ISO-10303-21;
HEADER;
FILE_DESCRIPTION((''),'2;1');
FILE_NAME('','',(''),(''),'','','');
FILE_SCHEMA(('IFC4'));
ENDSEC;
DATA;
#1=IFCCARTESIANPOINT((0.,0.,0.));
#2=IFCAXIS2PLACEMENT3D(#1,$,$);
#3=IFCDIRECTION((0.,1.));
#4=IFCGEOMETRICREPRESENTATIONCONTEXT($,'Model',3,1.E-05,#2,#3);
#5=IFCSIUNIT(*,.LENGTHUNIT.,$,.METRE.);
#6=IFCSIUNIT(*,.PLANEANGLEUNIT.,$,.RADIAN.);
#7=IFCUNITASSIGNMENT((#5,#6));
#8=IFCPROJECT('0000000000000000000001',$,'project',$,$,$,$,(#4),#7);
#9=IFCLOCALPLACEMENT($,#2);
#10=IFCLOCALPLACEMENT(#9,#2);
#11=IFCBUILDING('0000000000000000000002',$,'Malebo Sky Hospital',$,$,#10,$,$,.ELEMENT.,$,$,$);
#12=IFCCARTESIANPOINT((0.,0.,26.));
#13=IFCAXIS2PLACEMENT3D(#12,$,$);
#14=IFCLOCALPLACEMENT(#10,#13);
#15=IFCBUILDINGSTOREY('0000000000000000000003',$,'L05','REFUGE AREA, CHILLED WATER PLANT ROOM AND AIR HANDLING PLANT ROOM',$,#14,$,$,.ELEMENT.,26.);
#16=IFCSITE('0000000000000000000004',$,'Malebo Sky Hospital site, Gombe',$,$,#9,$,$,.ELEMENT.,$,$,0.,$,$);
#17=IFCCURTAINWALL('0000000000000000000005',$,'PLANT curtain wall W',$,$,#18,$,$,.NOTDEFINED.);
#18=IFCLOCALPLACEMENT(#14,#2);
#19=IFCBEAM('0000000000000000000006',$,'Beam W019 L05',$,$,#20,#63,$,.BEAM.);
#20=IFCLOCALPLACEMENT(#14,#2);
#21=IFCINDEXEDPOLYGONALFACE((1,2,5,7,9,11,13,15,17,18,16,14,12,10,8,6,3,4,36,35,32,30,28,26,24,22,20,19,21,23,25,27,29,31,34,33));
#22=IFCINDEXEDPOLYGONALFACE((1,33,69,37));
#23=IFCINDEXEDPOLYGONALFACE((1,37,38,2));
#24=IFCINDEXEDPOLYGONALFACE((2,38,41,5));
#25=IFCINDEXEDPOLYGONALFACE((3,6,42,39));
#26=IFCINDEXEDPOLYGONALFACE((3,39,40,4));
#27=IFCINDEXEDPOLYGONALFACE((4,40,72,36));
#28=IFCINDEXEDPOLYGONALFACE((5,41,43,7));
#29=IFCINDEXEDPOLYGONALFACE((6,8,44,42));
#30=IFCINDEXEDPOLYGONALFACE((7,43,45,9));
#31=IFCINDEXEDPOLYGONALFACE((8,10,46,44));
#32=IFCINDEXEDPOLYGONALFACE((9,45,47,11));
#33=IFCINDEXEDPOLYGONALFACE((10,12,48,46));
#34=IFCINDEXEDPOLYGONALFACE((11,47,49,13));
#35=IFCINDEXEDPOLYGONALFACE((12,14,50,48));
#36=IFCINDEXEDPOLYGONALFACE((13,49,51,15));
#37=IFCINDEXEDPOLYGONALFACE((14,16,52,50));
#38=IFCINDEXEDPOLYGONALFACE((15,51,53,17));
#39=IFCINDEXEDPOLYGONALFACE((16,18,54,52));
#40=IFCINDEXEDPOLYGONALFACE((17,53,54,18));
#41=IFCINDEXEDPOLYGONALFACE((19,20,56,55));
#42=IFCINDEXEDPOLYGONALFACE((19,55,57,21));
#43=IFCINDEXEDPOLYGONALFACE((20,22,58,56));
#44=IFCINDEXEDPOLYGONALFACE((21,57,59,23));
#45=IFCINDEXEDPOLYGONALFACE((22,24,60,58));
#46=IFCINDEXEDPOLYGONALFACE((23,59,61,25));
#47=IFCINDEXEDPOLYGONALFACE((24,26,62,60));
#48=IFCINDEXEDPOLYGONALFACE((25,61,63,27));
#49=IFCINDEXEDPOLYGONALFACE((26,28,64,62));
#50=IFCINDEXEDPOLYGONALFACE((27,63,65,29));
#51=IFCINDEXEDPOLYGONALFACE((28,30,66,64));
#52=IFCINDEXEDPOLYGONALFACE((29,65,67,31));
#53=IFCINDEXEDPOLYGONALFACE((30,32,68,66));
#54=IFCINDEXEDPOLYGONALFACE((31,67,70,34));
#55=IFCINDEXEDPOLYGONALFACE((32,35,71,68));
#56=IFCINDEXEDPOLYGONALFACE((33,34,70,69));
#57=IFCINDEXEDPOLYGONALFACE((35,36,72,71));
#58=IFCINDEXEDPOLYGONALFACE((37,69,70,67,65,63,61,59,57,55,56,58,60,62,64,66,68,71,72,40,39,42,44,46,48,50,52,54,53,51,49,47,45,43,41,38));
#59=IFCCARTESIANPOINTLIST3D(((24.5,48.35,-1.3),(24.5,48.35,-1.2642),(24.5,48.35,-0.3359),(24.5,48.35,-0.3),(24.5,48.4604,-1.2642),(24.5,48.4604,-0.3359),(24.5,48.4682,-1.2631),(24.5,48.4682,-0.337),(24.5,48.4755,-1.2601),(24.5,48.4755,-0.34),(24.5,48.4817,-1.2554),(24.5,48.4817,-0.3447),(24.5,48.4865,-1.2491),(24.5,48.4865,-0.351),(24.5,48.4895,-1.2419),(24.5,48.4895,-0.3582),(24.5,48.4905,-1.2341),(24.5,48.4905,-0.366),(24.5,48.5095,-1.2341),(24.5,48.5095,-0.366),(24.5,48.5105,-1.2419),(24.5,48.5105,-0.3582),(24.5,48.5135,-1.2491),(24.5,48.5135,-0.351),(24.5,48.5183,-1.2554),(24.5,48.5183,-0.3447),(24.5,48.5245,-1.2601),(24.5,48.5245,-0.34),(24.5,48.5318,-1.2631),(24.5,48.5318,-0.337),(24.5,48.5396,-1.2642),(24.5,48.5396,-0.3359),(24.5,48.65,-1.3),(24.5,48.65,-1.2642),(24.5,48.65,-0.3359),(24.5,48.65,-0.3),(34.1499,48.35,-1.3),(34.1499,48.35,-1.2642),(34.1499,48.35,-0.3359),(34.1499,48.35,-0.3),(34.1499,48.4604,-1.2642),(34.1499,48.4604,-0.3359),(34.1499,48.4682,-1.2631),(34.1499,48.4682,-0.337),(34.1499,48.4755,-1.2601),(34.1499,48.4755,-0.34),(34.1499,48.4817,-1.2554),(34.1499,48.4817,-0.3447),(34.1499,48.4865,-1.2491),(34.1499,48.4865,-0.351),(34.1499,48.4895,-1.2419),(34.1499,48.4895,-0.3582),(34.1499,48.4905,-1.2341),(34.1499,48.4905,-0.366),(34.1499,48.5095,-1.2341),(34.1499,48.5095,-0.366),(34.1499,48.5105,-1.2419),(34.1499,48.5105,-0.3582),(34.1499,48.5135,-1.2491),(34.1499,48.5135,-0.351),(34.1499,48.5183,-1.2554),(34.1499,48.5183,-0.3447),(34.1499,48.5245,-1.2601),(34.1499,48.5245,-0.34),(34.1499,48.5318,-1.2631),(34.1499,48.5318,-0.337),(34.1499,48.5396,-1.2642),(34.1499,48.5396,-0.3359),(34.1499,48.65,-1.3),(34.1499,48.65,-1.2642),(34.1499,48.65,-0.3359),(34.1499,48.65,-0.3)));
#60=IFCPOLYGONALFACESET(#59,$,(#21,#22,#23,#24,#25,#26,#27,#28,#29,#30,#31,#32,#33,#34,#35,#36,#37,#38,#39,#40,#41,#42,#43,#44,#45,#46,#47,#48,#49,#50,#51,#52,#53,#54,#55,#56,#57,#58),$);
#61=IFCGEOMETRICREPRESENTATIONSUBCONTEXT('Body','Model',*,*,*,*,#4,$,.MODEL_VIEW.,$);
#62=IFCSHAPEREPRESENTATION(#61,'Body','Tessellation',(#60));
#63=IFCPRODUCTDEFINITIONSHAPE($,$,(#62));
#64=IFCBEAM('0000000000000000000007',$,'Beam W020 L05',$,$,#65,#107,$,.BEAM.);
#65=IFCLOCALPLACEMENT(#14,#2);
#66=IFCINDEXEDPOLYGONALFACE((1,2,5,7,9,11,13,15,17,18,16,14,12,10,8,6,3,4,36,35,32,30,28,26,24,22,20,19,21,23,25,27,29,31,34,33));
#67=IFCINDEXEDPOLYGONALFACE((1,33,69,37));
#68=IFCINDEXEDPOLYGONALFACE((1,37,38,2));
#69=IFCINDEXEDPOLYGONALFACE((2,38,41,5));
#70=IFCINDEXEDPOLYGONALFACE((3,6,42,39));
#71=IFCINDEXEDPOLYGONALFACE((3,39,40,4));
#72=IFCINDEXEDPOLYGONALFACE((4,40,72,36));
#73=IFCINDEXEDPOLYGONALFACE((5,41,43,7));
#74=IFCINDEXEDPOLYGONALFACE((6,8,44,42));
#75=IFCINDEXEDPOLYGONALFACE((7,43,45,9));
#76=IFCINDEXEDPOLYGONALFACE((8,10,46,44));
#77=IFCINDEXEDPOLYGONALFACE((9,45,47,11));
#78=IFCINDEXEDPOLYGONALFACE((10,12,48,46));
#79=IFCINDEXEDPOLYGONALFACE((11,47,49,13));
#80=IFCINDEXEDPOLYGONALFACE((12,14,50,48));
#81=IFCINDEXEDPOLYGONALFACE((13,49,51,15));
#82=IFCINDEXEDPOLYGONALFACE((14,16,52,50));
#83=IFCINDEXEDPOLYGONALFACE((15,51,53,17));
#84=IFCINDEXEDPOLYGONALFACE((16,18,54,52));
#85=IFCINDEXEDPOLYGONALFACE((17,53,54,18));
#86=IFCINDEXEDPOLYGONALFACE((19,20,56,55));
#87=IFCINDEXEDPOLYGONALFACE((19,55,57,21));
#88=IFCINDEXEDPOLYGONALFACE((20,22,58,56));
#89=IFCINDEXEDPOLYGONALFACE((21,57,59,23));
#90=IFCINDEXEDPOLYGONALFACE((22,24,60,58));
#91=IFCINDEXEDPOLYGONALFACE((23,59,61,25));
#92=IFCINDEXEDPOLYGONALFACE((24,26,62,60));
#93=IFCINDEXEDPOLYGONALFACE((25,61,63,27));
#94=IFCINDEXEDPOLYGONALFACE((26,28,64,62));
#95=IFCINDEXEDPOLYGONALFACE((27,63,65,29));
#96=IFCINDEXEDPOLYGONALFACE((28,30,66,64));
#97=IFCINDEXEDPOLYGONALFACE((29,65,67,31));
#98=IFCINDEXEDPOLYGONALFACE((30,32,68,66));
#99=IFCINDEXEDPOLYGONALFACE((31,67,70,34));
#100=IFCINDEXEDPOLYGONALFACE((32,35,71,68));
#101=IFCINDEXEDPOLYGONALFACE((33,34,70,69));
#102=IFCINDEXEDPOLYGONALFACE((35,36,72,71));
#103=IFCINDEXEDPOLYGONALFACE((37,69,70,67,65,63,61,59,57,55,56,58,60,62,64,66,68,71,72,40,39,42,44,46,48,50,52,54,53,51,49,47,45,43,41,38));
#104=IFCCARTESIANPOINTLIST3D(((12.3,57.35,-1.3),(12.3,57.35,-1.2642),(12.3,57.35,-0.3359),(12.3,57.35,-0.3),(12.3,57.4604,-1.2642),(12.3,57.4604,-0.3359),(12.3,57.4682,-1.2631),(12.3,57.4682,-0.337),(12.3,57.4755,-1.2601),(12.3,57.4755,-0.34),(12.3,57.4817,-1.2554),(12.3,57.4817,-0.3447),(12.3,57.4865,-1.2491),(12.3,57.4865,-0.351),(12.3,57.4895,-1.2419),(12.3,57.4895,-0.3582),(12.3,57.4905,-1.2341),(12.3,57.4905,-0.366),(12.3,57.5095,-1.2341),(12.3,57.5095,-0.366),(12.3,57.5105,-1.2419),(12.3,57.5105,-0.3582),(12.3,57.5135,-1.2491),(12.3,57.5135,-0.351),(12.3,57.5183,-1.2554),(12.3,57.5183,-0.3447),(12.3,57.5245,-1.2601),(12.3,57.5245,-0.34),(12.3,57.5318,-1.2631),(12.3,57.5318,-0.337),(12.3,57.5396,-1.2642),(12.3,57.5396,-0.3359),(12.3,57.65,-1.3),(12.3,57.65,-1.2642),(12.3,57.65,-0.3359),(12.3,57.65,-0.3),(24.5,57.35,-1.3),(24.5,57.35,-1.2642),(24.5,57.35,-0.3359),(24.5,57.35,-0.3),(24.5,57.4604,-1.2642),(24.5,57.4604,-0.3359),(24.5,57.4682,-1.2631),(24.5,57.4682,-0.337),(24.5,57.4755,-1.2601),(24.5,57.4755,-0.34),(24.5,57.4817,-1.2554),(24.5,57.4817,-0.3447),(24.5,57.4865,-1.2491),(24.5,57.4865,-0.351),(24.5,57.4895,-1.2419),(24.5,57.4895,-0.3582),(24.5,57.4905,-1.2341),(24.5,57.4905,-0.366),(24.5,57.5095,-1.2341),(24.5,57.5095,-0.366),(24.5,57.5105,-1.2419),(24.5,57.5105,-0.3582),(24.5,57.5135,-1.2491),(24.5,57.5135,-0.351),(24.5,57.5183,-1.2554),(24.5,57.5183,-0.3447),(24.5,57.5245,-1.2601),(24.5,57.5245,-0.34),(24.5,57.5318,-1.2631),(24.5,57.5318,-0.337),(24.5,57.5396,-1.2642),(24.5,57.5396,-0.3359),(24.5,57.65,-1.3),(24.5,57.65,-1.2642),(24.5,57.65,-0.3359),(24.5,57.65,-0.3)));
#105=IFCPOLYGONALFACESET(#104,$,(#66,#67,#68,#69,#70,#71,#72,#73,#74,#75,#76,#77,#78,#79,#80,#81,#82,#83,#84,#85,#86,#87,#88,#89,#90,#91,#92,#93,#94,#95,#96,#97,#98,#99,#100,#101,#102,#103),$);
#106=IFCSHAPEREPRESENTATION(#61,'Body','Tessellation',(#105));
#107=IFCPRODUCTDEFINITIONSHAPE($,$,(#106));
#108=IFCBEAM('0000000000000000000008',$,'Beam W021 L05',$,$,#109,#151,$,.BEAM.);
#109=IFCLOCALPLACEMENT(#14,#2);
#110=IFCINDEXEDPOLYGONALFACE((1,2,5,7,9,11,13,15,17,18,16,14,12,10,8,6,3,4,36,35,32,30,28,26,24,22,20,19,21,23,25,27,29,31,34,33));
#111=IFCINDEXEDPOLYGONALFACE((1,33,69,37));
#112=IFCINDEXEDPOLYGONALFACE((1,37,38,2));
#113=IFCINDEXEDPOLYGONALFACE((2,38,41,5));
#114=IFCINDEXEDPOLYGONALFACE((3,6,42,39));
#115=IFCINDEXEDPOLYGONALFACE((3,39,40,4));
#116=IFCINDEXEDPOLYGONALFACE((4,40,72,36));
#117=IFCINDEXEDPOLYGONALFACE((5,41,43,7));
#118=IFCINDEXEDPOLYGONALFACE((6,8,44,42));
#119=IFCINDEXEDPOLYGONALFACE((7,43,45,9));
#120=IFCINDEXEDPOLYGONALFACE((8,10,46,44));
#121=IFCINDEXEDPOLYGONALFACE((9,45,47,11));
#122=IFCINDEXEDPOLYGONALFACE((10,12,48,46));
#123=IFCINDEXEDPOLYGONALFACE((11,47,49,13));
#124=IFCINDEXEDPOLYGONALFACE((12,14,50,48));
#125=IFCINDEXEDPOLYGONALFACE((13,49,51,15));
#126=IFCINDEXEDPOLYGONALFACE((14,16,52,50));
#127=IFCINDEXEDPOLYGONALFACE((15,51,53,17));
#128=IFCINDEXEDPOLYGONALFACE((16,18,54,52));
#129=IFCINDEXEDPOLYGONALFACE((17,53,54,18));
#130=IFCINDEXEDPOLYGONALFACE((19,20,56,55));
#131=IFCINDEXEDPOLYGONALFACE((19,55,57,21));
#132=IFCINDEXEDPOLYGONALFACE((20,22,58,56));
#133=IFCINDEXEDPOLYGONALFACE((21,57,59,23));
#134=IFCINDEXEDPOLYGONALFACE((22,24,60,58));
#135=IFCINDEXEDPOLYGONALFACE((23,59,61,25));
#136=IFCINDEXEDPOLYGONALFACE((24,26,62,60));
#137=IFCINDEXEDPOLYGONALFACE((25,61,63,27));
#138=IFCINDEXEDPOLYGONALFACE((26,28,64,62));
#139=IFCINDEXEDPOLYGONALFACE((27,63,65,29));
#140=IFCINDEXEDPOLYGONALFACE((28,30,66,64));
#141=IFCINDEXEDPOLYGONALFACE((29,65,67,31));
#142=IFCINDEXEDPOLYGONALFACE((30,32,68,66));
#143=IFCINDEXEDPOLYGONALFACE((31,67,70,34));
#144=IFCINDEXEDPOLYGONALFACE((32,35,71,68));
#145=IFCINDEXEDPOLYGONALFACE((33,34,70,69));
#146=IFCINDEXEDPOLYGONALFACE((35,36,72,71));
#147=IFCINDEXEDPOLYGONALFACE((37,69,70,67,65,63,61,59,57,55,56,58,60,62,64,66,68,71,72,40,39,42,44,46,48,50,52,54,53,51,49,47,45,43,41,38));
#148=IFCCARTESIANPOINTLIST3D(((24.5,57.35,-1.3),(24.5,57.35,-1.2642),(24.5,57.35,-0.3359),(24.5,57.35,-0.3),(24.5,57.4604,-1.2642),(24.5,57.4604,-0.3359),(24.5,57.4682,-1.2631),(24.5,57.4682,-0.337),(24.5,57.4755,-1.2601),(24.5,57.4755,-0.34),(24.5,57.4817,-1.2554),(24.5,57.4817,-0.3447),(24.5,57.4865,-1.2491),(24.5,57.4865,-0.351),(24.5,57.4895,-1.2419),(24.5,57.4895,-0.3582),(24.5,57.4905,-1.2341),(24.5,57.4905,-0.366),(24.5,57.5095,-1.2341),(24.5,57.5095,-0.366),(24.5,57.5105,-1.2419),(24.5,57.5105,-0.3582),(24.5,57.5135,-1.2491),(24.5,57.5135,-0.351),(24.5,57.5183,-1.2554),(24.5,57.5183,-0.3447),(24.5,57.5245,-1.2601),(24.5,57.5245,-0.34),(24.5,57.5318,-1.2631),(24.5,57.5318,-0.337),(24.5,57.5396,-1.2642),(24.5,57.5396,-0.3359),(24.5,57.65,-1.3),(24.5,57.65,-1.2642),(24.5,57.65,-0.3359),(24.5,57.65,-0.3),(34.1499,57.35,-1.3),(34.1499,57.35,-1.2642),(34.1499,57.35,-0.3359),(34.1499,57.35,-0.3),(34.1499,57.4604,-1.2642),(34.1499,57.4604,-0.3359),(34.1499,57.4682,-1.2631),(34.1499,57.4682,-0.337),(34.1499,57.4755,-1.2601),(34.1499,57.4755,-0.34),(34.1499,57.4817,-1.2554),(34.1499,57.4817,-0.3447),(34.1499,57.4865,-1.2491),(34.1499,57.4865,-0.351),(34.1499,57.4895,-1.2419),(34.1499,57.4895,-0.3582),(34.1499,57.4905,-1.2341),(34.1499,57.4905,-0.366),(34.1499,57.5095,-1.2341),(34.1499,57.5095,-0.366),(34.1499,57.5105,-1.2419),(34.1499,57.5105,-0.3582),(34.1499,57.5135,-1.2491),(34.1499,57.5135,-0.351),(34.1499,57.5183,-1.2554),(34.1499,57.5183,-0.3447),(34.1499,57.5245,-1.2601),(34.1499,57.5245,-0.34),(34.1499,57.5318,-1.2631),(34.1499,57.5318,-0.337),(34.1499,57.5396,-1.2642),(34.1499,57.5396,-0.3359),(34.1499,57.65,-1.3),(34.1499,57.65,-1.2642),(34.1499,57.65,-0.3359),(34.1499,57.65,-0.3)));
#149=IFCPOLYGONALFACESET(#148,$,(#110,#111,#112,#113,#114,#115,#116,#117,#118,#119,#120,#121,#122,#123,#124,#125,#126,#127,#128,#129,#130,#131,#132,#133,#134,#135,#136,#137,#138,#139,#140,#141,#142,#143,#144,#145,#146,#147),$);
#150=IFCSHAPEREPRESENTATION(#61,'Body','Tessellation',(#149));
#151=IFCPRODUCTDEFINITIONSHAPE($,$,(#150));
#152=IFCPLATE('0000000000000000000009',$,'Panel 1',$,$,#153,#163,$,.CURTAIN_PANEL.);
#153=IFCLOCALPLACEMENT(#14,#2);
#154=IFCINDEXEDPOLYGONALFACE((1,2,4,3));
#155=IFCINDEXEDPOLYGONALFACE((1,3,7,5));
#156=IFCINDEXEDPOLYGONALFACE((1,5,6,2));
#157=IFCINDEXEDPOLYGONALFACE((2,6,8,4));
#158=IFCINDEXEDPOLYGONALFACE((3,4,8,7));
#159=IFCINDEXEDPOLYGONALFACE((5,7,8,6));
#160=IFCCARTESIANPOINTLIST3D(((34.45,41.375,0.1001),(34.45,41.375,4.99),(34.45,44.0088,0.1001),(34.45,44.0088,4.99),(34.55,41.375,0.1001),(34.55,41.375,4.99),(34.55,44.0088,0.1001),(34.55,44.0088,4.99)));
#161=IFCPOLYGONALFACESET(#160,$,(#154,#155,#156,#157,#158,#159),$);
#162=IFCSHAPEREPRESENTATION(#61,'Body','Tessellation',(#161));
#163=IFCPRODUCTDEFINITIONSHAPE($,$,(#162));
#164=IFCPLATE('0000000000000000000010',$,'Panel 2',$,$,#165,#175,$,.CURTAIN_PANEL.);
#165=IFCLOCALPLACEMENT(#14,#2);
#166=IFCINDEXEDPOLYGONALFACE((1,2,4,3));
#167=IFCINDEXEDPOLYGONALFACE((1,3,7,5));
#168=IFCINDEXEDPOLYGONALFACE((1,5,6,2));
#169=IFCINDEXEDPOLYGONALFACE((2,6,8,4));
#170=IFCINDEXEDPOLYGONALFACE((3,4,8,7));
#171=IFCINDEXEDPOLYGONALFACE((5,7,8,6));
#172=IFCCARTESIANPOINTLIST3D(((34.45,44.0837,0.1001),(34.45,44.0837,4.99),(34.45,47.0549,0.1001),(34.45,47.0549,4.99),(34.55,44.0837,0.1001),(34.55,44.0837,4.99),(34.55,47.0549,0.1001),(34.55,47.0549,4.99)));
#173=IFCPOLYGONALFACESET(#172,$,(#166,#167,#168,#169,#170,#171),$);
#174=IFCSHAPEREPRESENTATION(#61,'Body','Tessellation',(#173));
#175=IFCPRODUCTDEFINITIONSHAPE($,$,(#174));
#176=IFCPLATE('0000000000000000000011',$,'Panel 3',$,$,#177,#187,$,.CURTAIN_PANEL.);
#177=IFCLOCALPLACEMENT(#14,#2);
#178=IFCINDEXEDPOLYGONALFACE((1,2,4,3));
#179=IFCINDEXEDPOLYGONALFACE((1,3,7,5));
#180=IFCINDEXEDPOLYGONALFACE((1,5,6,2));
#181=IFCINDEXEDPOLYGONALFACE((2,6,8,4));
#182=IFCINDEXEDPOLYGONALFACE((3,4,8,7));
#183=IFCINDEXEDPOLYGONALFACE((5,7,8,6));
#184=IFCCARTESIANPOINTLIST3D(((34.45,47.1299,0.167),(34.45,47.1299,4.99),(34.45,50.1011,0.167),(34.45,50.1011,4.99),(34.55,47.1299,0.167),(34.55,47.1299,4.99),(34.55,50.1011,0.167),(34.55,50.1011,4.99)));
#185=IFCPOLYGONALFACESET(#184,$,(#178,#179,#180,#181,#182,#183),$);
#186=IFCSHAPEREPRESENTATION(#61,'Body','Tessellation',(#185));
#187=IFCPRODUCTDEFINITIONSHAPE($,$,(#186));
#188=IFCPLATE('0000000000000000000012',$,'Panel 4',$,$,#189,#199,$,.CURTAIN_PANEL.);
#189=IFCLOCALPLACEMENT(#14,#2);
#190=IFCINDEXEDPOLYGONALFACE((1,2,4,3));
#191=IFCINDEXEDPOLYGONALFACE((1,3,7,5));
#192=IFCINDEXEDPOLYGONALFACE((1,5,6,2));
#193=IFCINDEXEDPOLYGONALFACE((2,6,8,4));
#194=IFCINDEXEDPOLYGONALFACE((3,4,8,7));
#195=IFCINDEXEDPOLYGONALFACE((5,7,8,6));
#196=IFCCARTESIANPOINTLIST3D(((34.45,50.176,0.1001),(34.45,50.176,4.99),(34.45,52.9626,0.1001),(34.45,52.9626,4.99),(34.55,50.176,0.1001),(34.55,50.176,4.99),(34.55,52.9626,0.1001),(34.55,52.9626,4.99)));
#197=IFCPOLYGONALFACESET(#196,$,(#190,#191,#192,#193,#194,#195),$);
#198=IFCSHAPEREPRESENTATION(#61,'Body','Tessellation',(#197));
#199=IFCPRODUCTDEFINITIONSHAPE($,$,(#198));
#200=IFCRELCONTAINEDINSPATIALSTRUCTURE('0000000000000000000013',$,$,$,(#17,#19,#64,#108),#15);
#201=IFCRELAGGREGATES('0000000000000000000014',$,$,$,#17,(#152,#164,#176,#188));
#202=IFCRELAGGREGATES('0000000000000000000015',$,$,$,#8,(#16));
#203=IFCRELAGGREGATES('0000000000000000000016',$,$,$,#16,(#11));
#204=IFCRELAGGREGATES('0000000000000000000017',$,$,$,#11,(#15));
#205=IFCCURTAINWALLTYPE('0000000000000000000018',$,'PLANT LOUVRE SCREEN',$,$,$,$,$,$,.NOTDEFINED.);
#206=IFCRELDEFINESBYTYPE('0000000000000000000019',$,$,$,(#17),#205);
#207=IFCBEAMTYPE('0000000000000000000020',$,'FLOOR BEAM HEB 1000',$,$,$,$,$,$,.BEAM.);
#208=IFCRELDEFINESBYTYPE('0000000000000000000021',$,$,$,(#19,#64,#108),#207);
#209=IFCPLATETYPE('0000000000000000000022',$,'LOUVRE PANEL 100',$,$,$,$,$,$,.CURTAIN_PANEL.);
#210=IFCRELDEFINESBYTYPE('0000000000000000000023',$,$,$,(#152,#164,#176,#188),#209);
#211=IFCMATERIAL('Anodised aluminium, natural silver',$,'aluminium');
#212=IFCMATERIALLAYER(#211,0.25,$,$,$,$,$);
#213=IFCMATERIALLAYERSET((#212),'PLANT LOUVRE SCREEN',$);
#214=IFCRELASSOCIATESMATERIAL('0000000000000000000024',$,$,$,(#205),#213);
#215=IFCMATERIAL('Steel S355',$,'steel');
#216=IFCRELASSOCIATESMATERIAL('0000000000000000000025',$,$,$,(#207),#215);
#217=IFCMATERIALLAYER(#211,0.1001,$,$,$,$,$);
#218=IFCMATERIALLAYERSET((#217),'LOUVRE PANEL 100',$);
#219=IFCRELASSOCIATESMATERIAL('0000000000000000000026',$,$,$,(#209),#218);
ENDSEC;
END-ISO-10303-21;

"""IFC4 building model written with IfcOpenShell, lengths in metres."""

from ifc_helpers import new_model, si_unit, direction, frame, origin, origin_2d, place, context, subcontext, project, spatial, polyline, rectangle, i_section, outline, extrude, material, layer, layer_set, material_profile, profile_set, type_object, element, aggregate, save


model = new_model("IFC4")

# Units and contexts
model_context = context("Model", 3, precision=1e-05, world=origin(), true_north=direction((0.0, 1.0)))
body_context = subcontext(model_context, "Body", "Model", "MODEL_VIEW")
ifc_project = project(units=[si_unit("LENGTHUNIT", "METRE"), si_unit("PLANEANGLEUNIT", "RADIAN")], contexts=[model_context])

# Site, building, storey
site_placement = place(None, origin())
site = spatial("IfcSite", under=ifc_project, at=site_placement, Name="Malebo Sky Hospital site, Gombe", CompositionType="ELEMENT", RefElevation=0.0)
building_placement = place(site_placement, origin())
building = spatial("IfcBuilding", under=site, at=building_placement, Name="Malebo Sky Hospital", CompositionType="ELEMENT")
storey_placement = place(building_placement, frame((0.0, 0.0, 26.0)))
storey = spatial("IfcBuildingStorey", under=building, at=storey_placement, Name="L05", Description="REFUGE AREA, CHILLED WATER PLANT ROOM AND AIR HANDLING PLANT ROOM", CompositionType="ELEMENT", Elevation=26.0)

# Curtain wall
ifc_material_1 = material(Name="Anodised aluminium, natural silver", Category="aluminium")
ifc_layer_1 = layer(ifc_material_1, 0.25)
ifc_layer_set_1 = layer_set([ifc_layer_1], Name="PLANT LOUVRE SCREEN")
curtain_wall_type = type_object("IfcCurtainWallType", Name="PLANT LOUVRE SCREEN", PredefinedType="NOTDEFINED", material=ifc_layer_set_1)
curtain_wall_placement = place(storey_placement, origin())
curtain_wall = element("IfcCurtainWall", 1, at=curtain_wall_placement, inside=storey, type_object=curtain_wall_type, Name="PLANT curtain wall W", PredefinedType="NOTDEFINED")

# Beams
ifc_material_2 = material(Name="Steel S355", Category="steel")
ifc_material_profile_1 = material_profile(ifc_material_2, i_section(OverallWidth=0.3, OverallDepth=1.0, WebThickness=0.019, FlangeThickness=0.0359, FilletRadius=0.03, at=origin_2d()), Name="HEB 1000")
ifc_profile_set_1 = profile_set([ifc_material_profile_1], Name="Steel S355")
beam_type = type_object("IfcBeamType", Name="FLOOR BEAM HEB 1000", PredefinedType="BEAM", material=ifc_profile_set_1)
beam_1_placement = place(storey_placement, frame((24.5, 48.5, -0.8), z_axis=(1.0, 0.0, 0.0), x_axis=(0.0, 1.0, 0.0)))
element("IfcBeam", 2, at=beam_1_placement, inside=storey, type_object=beam_type, Name="Beam W019 L05", PredefinedType="BEAM", context=body_context, shape_type="SweptSolid", body=[
    extrude(i_section(OverallWidth=0.3, OverallDepth=1.0, WebThickness=0.019, FlangeThickness=0.0359, FilletRadius=0.03, at=origin_2d()), origin(), (0.0, 0.0, 1.0), 9.6499),
])
beam_2_placement = place(storey_placement, frame((12.3, 57.5, -0.8), z_axis=(1.0, 0.0, 0.0), x_axis=(0.0, 1.0, 0.0)))
element("IfcBeam", 3, at=beam_2_placement, inside=storey, type_object=beam_type, Name="Beam W020 L05", PredefinedType="BEAM", context=body_context, shape_type="SweptSolid", body=[
    extrude(i_section(OverallWidth=0.3, OverallDepth=1.0, WebThickness=0.019, FlangeThickness=0.0359, FilletRadius=0.03, at=origin_2d()), origin(), (0.0, 0.0, 1.0), 12.2),
])
beam_3_placement = place(storey_placement, frame((24.5, 57.5, -0.8), z_axis=(1.0, 0.0, 0.0), x_axis=(0.0, 1.0, 0.0)))
element("IfcBeam", 4, at=beam_3_placement, inside=storey, type_object=beam_type, Name="Beam W021 L05", PredefinedType="BEAM", context=body_context, shape_type="SweptSolid", body=[
    extrude(i_section(OverallWidth=0.3, OverallDepth=1.0, WebThickness=0.019, FlangeThickness=0.0359, FilletRadius=0.03, at=origin_2d()), origin(), (0.0, 0.0, 1.0), 9.6499),
])

# Plates
ifc_layer_2 = layer(ifc_material_1, 0.1001)
ifc_layer_set_2 = layer_set([ifc_layer_2], Name="LOUVRE PANEL 100")
plate_type = type_object("IfcPlateType", Name="LOUVRE PANEL 100", PredefinedType="CURTAIN_PANEL", material=ifc_layer_set_2)
plate_1_placement = place(storey_placement, frame((34.5, 42.6919, 0.1001), z_axis=(0.0, 0.0, 1.0), x_axis=(0.0, 1.0, 0.0)))
plate_1 = element("IfcPlate", 5, at=plate_1_placement, type_object=plate_type, Name="Panel 1", PredefinedType="CURTAIN_PANEL", context=body_context, shape_type="SweptSolid", body=[
    extrude(rectangle(XDim=2.6338, YDim=0.1001, at=origin_2d()), origin(), (0.0, 0.0, 1.0), 4.8899),
])
plate_2_placement = place(storey_placement, frame((34.5, 45.5693, 0.1001), z_axis=(0.0, 0.0, 1.0), x_axis=(0.0, 1.0, 0.0)))
plate_2 = element("IfcPlate", 6, at=plate_2_placement, type_object=plate_type, Name="Panel 2", PredefinedType="CURTAIN_PANEL", context=body_context, shape_type="SweptSolid", body=[
    extrude(rectangle(XDim=2.9712, YDim=0.1001, at=origin_2d()), origin(), (0.0, 0.0, 1.0), 4.8899),
])
plate_3_placement = place(storey_placement, frame((34.5, 48.6155, 0.167), z_axis=(0.0, 0.0, 1.0), x_axis=(0.0, 1.0, 0.0)))
plate_3 = element("IfcPlate", 7, at=plate_3_placement, type_object=plate_type, Name="Panel 3", PredefinedType="CURTAIN_PANEL", context=body_context, shape_type="SweptSolid", body=[
    extrude(outline(polyline([(-1.4856, 0.0), (1.4856, 0.0), (1.4856, 4.823), (-1.4856, 4.823), (-1.4856, 0.0)])), frame((0.0, 0.05, 0.0), z_axis=(0.0, -1.0, 0.0), x_axis=(1.0, 0.0, 0.0)), (0.0, 0.0, 1.0), 0.1001),
])
plate_4_placement = place(storey_placement, frame((34.5, 51.5693, 0.1001), z_axis=(0.0, 0.0, 1.0), x_axis=(0.0, 1.0, 0.0)))
plate_4 = element("IfcPlate", 8, at=plate_4_placement, type_object=plate_type, Name="Panel 4", PredefinedType="CURTAIN_PANEL", context=body_context, shape_type="SweptSolid", body=[
    extrude(rectangle(XDim=2.7866, YDim=0.1001, at=origin_2d()), origin(), (0.0, 0.0, 1.0), 4.8899),
])
aggregate(curtain_wall, [plate_1, plate_2, plate_3, plate_4])

save(model, "model.ifc")
